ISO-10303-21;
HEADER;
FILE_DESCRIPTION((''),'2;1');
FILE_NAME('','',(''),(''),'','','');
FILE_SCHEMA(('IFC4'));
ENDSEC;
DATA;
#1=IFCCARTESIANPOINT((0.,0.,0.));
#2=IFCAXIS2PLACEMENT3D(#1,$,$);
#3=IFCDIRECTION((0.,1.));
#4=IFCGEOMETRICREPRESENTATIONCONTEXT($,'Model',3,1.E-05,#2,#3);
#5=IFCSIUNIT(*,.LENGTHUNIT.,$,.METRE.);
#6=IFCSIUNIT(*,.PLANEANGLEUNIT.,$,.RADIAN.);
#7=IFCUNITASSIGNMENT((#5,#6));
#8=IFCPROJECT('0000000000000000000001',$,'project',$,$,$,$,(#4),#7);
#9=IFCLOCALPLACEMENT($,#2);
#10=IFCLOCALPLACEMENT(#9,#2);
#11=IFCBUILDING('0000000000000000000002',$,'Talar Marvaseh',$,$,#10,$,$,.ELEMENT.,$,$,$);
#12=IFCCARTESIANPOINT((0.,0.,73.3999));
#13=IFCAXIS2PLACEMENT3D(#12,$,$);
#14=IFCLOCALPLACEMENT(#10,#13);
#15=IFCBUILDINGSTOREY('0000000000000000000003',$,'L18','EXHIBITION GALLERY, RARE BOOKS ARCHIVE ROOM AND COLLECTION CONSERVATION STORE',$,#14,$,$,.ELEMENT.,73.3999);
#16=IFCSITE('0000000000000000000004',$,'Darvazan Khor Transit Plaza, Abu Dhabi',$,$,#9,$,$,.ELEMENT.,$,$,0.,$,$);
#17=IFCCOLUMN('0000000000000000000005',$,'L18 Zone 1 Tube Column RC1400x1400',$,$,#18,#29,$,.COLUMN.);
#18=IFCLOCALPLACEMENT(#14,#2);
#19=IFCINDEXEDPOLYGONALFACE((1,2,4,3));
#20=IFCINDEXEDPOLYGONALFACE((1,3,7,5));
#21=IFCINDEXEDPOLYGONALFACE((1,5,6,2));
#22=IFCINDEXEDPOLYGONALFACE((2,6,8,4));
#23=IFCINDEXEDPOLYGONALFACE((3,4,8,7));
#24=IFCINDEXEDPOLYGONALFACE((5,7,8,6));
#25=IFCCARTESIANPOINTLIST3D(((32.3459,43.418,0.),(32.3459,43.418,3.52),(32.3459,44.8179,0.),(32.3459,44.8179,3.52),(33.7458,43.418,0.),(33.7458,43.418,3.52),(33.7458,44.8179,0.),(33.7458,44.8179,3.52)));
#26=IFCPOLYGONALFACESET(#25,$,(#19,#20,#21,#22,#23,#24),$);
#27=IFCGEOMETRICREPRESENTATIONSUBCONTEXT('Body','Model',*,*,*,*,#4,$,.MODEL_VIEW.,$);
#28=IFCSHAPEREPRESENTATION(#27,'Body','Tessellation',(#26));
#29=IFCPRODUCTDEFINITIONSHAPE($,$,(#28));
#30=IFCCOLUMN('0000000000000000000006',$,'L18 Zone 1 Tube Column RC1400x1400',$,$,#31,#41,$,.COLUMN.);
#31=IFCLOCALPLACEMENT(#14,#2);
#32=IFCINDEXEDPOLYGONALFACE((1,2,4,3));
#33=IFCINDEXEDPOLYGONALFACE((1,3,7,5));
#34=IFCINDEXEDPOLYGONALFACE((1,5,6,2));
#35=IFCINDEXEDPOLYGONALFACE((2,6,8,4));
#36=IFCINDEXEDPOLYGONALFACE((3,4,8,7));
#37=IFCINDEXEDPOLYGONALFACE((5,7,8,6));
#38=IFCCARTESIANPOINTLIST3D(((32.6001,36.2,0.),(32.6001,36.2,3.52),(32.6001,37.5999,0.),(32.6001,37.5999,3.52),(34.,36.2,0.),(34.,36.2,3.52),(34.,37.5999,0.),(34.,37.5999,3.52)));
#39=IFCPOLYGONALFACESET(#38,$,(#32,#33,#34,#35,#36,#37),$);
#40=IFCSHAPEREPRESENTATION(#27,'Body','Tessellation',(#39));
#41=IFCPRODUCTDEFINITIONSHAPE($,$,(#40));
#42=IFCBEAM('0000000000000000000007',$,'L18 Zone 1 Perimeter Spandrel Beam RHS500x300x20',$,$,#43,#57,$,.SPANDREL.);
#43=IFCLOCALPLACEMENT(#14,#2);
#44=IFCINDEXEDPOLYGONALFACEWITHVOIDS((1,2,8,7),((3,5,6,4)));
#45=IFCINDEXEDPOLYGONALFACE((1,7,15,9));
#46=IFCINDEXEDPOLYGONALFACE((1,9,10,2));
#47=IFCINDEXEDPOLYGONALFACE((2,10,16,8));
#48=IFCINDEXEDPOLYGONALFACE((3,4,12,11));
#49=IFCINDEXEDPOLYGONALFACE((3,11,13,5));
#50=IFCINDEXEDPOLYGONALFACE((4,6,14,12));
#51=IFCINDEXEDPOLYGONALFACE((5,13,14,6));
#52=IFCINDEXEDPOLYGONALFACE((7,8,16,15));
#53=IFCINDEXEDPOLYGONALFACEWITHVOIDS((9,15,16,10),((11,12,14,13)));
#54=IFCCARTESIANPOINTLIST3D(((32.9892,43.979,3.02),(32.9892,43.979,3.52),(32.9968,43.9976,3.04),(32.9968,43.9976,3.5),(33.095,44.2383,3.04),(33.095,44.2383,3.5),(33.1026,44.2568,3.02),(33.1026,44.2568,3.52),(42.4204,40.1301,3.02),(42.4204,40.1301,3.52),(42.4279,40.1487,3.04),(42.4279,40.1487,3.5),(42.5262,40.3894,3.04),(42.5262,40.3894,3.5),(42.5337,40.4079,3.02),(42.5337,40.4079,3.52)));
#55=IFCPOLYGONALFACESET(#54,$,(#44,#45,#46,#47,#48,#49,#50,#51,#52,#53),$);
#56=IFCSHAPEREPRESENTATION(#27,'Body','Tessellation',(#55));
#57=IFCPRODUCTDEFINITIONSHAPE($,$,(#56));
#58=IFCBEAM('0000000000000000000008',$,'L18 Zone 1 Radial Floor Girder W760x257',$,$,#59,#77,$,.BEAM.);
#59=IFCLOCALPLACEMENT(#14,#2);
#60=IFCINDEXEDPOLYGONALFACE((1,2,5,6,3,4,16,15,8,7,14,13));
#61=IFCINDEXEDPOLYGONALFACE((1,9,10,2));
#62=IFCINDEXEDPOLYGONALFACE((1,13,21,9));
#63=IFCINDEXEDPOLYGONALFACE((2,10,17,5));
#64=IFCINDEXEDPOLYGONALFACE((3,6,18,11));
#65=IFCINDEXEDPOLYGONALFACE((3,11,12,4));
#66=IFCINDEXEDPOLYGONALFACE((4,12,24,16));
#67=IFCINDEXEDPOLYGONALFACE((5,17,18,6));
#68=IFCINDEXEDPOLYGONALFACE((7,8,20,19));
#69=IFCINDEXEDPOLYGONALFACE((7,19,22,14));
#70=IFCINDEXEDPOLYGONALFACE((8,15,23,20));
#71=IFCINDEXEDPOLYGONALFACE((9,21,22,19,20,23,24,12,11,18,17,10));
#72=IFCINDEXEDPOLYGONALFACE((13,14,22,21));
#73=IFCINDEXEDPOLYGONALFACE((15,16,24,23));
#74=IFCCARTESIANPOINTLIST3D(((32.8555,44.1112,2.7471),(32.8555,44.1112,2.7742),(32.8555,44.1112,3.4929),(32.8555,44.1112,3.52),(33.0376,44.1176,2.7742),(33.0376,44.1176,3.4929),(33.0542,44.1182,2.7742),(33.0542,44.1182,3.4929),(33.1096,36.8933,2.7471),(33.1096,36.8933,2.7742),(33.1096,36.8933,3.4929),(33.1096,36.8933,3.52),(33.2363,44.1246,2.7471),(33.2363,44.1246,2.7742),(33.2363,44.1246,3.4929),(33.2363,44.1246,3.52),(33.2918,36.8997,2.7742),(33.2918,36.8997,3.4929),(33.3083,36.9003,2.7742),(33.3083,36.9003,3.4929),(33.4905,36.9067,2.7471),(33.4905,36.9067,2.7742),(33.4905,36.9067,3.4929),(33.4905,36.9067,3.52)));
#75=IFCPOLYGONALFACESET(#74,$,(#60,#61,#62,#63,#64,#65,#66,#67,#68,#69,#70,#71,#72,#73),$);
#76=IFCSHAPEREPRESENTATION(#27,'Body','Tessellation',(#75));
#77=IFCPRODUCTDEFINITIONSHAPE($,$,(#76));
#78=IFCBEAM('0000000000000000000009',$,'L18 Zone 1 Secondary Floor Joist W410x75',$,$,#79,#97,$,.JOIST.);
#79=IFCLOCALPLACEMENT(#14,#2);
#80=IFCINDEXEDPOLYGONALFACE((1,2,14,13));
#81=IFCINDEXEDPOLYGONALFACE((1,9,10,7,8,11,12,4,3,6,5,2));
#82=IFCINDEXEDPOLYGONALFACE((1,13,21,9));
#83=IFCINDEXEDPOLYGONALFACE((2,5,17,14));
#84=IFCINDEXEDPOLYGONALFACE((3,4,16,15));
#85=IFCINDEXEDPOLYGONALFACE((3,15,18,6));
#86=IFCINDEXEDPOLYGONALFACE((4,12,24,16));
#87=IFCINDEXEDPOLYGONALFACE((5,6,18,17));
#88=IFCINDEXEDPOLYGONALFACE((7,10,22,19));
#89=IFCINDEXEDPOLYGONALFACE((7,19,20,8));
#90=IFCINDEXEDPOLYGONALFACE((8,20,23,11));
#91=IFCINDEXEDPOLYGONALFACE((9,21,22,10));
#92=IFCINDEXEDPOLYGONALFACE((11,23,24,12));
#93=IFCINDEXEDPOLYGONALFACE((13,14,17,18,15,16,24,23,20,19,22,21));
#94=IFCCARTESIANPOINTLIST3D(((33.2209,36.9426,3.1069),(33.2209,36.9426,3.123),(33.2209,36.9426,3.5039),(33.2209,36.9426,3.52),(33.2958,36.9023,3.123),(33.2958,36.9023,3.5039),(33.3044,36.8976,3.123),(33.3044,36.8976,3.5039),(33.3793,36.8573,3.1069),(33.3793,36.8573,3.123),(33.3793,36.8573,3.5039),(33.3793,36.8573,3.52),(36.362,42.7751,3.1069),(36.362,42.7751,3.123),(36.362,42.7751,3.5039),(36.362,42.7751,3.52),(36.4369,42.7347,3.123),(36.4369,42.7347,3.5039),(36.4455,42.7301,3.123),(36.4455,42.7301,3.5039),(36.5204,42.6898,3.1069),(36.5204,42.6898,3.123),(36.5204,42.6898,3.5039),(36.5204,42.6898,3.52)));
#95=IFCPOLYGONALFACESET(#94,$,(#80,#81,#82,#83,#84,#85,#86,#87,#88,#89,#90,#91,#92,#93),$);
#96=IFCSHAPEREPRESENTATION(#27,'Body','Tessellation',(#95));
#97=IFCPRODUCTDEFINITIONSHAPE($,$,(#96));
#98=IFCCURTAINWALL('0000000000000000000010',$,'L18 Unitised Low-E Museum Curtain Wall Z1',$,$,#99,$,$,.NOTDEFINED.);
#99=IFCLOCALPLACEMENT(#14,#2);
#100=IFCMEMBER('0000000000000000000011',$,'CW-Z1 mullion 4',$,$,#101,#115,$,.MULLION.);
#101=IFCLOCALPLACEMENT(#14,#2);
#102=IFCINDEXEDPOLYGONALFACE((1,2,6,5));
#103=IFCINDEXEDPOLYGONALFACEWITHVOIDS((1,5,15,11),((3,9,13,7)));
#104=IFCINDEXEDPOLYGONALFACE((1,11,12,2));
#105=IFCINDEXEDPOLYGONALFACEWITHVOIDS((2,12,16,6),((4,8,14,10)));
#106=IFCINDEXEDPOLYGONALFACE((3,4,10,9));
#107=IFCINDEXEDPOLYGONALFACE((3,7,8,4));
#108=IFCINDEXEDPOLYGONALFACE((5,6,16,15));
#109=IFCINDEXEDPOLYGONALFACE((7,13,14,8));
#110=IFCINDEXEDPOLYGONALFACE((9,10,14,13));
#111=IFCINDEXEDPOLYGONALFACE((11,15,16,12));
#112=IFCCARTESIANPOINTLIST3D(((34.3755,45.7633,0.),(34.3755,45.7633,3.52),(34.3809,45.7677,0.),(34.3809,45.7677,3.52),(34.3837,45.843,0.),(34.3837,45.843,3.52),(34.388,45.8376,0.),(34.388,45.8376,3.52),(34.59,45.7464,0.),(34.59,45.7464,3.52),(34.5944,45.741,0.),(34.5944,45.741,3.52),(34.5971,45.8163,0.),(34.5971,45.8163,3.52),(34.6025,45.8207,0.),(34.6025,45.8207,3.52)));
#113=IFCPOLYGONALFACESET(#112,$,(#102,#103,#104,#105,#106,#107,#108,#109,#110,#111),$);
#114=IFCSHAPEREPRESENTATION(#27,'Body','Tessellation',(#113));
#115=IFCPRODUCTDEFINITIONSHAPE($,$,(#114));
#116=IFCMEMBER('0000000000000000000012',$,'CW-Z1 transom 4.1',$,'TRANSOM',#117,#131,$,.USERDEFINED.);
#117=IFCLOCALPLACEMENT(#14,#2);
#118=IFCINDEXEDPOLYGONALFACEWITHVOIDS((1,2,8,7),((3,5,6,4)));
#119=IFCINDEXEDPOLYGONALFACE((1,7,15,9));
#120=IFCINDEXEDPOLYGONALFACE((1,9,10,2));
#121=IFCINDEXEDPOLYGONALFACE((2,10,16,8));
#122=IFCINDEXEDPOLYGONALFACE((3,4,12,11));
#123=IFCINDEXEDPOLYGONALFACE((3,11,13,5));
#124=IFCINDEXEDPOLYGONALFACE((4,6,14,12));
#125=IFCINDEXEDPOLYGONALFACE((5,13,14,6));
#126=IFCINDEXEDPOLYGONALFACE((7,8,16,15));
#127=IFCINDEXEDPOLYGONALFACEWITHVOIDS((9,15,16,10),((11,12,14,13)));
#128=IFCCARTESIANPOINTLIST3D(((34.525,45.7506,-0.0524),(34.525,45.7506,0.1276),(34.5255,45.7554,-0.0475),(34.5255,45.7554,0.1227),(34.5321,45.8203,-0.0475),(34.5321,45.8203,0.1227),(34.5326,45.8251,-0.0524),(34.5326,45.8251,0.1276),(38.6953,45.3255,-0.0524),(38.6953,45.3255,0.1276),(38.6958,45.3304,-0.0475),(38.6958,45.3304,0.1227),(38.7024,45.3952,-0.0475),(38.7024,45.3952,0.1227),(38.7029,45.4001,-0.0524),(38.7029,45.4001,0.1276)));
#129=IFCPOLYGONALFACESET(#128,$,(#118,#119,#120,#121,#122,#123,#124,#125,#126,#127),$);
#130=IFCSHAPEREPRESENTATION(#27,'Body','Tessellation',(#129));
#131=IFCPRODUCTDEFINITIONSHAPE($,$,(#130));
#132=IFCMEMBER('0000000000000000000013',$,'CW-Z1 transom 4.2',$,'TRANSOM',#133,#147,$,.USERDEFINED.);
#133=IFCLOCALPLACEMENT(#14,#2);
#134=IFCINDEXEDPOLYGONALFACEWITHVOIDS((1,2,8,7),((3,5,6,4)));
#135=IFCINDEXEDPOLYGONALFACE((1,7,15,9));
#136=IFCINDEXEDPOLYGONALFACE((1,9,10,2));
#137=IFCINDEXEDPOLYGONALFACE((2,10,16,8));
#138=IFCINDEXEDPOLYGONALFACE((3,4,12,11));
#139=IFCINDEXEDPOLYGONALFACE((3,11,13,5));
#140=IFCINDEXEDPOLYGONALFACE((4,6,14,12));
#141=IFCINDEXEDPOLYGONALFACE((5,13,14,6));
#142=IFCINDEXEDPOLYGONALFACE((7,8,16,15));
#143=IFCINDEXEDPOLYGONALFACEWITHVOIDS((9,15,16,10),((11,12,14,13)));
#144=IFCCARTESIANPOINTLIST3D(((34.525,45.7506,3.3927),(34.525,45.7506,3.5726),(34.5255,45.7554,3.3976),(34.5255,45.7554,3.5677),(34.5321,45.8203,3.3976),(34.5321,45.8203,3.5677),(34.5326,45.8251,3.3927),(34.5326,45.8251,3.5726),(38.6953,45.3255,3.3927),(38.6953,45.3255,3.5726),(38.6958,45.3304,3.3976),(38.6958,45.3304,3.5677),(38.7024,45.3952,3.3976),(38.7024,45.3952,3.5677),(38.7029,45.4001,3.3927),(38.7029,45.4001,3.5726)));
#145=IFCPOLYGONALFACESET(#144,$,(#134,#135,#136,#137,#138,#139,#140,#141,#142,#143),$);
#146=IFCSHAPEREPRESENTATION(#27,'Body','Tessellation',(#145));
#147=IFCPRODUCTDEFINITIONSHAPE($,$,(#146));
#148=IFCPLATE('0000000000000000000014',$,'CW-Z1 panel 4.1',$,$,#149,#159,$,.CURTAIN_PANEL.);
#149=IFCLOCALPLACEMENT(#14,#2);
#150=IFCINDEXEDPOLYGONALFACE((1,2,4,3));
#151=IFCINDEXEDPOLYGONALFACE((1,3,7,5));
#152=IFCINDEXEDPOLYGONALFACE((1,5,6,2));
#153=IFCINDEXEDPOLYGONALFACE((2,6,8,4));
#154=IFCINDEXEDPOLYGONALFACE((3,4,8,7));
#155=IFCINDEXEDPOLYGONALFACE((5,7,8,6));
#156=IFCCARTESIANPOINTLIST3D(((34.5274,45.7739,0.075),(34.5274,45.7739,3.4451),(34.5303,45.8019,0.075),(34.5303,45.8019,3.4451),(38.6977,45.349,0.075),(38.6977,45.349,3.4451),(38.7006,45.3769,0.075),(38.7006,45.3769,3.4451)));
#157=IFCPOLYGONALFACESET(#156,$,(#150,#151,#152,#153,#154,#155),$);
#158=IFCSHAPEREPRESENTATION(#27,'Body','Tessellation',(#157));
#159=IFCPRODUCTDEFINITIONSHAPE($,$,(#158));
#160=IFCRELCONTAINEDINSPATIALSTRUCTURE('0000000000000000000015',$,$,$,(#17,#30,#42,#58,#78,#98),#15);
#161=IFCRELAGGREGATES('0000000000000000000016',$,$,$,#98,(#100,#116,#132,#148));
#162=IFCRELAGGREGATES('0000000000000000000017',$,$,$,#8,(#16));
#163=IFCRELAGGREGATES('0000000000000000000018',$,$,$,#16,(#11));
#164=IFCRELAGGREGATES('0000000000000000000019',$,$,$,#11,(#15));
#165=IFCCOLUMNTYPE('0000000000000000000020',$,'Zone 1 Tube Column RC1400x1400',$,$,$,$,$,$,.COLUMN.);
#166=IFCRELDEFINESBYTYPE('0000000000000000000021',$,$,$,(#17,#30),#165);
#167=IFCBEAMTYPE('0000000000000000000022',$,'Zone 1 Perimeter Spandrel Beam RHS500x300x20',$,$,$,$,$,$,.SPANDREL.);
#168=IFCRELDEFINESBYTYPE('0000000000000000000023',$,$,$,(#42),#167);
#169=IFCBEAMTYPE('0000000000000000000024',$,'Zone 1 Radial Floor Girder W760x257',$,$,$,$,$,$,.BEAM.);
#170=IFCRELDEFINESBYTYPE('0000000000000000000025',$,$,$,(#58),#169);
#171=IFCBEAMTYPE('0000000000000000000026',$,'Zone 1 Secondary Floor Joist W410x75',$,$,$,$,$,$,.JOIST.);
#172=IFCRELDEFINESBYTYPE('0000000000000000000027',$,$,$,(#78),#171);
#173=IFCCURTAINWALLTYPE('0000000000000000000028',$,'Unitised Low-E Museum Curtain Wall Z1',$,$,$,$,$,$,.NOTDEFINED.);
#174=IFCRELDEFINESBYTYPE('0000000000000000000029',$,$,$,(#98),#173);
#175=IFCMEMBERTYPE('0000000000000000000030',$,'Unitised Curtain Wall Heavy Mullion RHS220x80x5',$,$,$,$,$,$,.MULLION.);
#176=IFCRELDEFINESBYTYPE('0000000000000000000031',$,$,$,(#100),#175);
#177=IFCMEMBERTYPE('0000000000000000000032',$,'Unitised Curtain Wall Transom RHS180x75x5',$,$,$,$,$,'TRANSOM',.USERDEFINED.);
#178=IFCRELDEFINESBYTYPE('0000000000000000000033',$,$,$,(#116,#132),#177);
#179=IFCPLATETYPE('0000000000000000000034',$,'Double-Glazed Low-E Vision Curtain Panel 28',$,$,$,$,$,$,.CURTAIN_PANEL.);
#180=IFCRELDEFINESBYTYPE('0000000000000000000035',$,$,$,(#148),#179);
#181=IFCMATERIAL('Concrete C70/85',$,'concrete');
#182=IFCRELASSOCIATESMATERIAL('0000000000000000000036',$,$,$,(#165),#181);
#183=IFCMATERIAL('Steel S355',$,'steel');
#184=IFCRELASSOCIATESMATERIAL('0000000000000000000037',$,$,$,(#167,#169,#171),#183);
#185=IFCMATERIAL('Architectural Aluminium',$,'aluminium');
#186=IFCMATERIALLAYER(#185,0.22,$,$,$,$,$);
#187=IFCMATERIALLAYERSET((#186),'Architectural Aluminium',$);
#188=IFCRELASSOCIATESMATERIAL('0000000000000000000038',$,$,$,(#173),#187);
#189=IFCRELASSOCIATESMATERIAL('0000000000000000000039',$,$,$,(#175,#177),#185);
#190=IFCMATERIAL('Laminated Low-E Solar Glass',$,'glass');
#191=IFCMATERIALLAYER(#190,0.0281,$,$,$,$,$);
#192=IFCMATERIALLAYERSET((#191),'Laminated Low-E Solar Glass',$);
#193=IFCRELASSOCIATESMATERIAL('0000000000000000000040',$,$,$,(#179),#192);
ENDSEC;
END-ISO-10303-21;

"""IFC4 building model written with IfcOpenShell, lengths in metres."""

from ifc_helpers import new_model, si_unit, direction, frame, origin, origin_2d, place, context, subcontext, project, spatial, rectangle, hollow_rectangle, i_section, extrude, source, transform, mapped, material, layer, layer_set, material_profile, profile_set, type_object, type_shapes, element, aggregate, save


model = new_model("IFC4")

# Units and contexts
model_context = context("Model", 3, precision=1e-05, world=origin(), true_north=direction((0.0, 1.0)))
body_context = subcontext(model_context, "Body", "Model", "MODEL_VIEW")
ifc_project = project(units=[si_unit("LENGTHUNIT", "METRE"), si_unit("PLANEANGLEUNIT", "RADIAN")], contexts=[model_context])

# Site, building, storey
site_placement = place(None, origin())
site = spatial("IfcSite", under=ifc_project, at=site_placement, Name="Darvazan Khor Transit Plaza, Abu Dhabi", CompositionType="ELEMENT", RefElevation=0.0)
building_placement = place(site_placement, origin())
building = spatial("IfcBuilding", under=site, at=building_placement, Name="Talar Marvaseh", CompositionType="ELEMENT")
storey_placement = place(building_placement, frame((0.0, 0.0, 73.3999)))
storey = spatial("IfcBuildingStorey", under=building, at=storey_placement, Name="L18", Description="EXHIBITION GALLERY, RARE BOOKS ARCHIVE ROOM AND COLLECTION CONSERVATION STORE", CompositionType="ELEMENT", Elevation=73.3999)

# Columns
ifc_material_1 = material(Name="Concrete C70/85", Category="concrete")
ifc_material_profile_1 = material_profile(ifc_material_1, rectangle(XDim=1.3999, YDim=1.3999, at=origin_2d()), Name="RC1400x1400")
ifc_profile_set_1 = profile_set([ifc_material_profile_1], Name="Concrete C70/85")
column_type = type_object("IfcColumnType", Name="Zone 1 Tube Column RC1400x1400", PredefinedType="COLUMN", material=ifc_profile_set_1)
for number, where, z_axis, x_axis, name in (
    (1, (33.0459, 44.1179, 0.0), (0.0, 0.0, 1.0), (1.0, 0.0, 0.0), "L18 Zone 1 Tube Column RC1400x1400"),
    (2, (33.3, 36.8999, 0.0), (0.0, 0.0, 1.0), (1.0, 0.0, 0.0), "L18 Zone 1 Tube Column RC1400x1400"),
):
    element("IfcColumn", number, at=place(storey_placement, frame(where, z_axis=z_axis, x_axis=x_axis)), inside=storey, type_object=column_type, Name=name, PredefinedType="COLUMN", context=body_context, shape_type="SweptSolid", body=[
        extrude(rectangle(XDim=1.3999, YDim=1.3999, at=origin_2d()), origin(), (0.0, 0.0, 1.0), 3.52),
    ])

# Beams
ifc_material_2 = material(Name="Steel S355", Category="steel")
ifc_material_profile_2 = material_profile(ifc_material_2, hollow_rectangle(XDim=0.3, YDim=0.5, WallThickness=0.02, at=origin_2d()), Name="RHS500x300x20")
ifc_profile_set_2 = profile_set([ifc_material_profile_2], Name="Steel S355")
beam_type_1 = type_object("IfcBeamType", Name="Zone 1 Perimeter Spandrel Beam RHS500x300x20", PredefinedType="SPANDREL", material=ifc_profile_set_2)
beam_1_placement = place(storey_placement, frame((33.0459, 44.1179, 3.27), z_axis=(0.925867, -0.377849, 0.0), x_axis=(0.377849, 0.925867, 0.0)))
element("IfcBeam", 3, at=beam_1_placement, inside=storey, type_object=beam_type_1, Name="L18 Zone 1 Perimeter Spandrel Beam RHS500x300x20", PredefinedType="SPANDREL", context=body_context, shape_type="SweptSolid", body=[
    extrude(hollow_rectangle(XDim=0.3, YDim=0.5, WallThickness=0.02, at=origin_2d()), origin(), (0.0, 0.0, 1.0), 10.1863),
])
ifc_material_profile_3 = material_profile(ifc_material_2, i_section(OverallWidth=0.3811, OverallDepth=0.7729, WebThickness=0.0166, FlangeThickness=0.0271, at=origin_2d()), Name="W760x257")
ifc_profile_set_3 = profile_set([ifc_material_profile_3], Name="Steel S355")
beam_type_2 = type_object("IfcBeamType", Name="Zone 1 Radial Floor Girder W760x257", PredefinedType="BEAM", material=ifc_profile_set_3)
beam_2_placement = place(storey_placement, frame((33.0459, 44.1179, 3.1335), z_axis=(0.035189, -0.999381, 0.0), x_axis=(0.999381, 0.035189, 0.0)))
element("IfcBeam", 4, at=beam_2_placement, inside=storey, type_object=beam_type_2, Name="L18 Zone 1 Radial Floor Girder W760x257", PredefinedType="BEAM", context=body_context, shape_type="SweptSolid", body=[
    extrude(i_section(OverallWidth=0.3811, OverallDepth=0.7729, WebThickness=0.0166, FlangeThickness=0.0271, at=origin_2d()), origin(), (0.0, 0.0, 1.0), 7.2224),
])
ifc_material_profile_4 = material_profile(ifc_material_2, i_section(OverallWidth=0.1799, OverallDepth=0.4131, WebThickness=0.0098, FlangeThickness=0.0161, at=origin_2d()), Name="W410x75")
ifc_profile_set_4 = profile_set([ifc_material_profile_4], Name="Steel S355")
beam_type_3 = type_object("IfcBeamType", Name="Zone 1 Secondary Floor Joist W410x75", PredefinedType="JOIST", material=ifc_profile_set_4)
beam_3_placement = place(storey_placement, frame((36.4412, 42.7324, 3.3135), z_axis=(-0.474161, -0.880438, 0.0), x_axis=(0.880438, -0.474161, 0.0)))
element("IfcBeam", 5, at=beam_3_placement, inside=storey, type_object=beam_type_3, Name="L18 Zone 1 Secondary Floor Joist W410x75", PredefinedType="JOIST", context=body_context, shape_type="SweptSolid", body=[
    extrude(i_section(OverallWidth=0.1799, OverallDepth=0.4131, WebThickness=0.0098, FlangeThickness=0.0161, at=origin_2d()), origin(), (0.0, 0.0, 1.0), 6.6245),
])

# Curtain wall, members, plate
ifc_material_3 = material(Name="Architectural Aluminium", Category="aluminium")
ifc_layer_1 = layer(ifc_material_3, 0.22)
ifc_layer_set_1 = layer_set([ifc_layer_1], Name="Architectural Aluminium")
curtain_wall_type = type_object("IfcCurtainWallType", Name="Unitised Low-E Museum Curtain Wall Z1", PredefinedType="NOTDEFINED", material=ifc_layer_set_1)
curtain_wall_placement = place(storey_placement, origin())
curtain_wall = element("IfcCurtainWall", 6, at=curtain_wall_placement, inside=storey, type_object=curtain_wall_type, Name="L18 Unitised Low-E Museum Curtain Wall Z1", PredefinedType="NOTDEFINED")
ifc_material_profile_5 = material_profile(ifc_material_3, hollow_rectangle(XDim=0.0801, YDim=0.22, WallThickness=0.0049, at=origin_2d()), Name="RHS220x80x5")
ifc_profile_set_5 = profile_set([ifc_material_profile_5], Name="Architectural Aluminium")
member_type_1 = type_object("IfcMemberType", Name="Unitised Curtain Wall Heavy Mullion RHS220x80x5", PredefinedType="MULLION", material=ifc_profile_set_5)
shared_shape_1 = source(origin(), body_context, "Body", "SweptSolid", [
    extrude(hollow_rectangle(XDim=0.0801, YDim=0.22, WallThickness=0.0049, at=origin_2d()), origin(), (0.0, 0.0, 1.0), 3.52),
])
type_shapes(member_type_1, [shared_shape_1])
member_1_placement = place(storey_placement, frame((34.489, 45.792, 0.0), z_axis=(0.0, 0.0, 1.0), x_axis=(0.101365, 0.994849, 0.0)))
member_1 = element("IfcMember", 7, at=member_1_placement, type_object=member_type_1, Name="CW-Z1 mullion 4", PredefinedType="MULLION", context=body_context, shape_type="MappedRepresentation", body=[
    mapped(shared_shape_1, transform((0.0, 0.0, 0.0), x_axis=(1.0, 0.0, 0.0), y_axis=(0.0, 1.0, 0.0), z_axis=(0.0, 0.0, 1.0), scale=1.0)),
])
ifc_material_profile_6 = material_profile(ifc_material_3, hollow_rectangle(XDim=0.075, YDim=0.1799, WallThickness=0.0049, at=origin_2d()), Name="RHS180x75x5")
ifc_profile_set_6 = profile_set([ifc_material_profile_6], Name="Architectural Aluminium")
member_type_2 = type_object("IfcMemberType", Name="Unitised Curtain Wall Transom RHS180x75x5", ElementType="TRANSOM", PredefinedType="USERDEFINED", material=ifc_profile_set_6)
shared_shape_2 = source(origin(), body_context, "Body", "SweptSolid", [
    extrude(hollow_rectangle(XDim=0.075, YDim=0.1799, WallThickness=0.0049, at=origin_2d()), origin(), (0.0, 0.0, 1.0), 4.1919),
])
type_shapes(member_type_2, [shared_shape_2])
member_2_placement = place(storey_placement, frame((34.5288, 45.7878, 0.0376), z_axis=(0.994846, -0.101395, 0.0), x_axis=(0.101395, 0.994846, 0.0)))
member_2 = element("IfcMember", 8, at=member_2_placement, type_object=member_type_2, Name="CW-Z1 transom 4.1", ObjectType="TRANSOM", PredefinedType="USERDEFINED", context=body_context, shape_type="MappedRepresentation", body=[
    mapped(shared_shape_2, transform((0.0, 0.0, 0.0), x_axis=(1.0, 0.0, 0.0), y_axis=(0.0, 1.0, 0.0), z_axis=(0.0, 0.0, 1.0), scale=1.0)),
])
member_3_placement = place(storey_placement, frame((34.5288, 45.7878, 3.4827), z_axis=(0.994846, -0.101395, 0.0), x_axis=(0.101395, 0.994846, 0.0)))
member_3 = element("IfcMember", 9, at=member_3_placement, type_object=member_type_2, Name="CW-Z1 transom 4.2", ObjectType="TRANSOM", PredefinedType="USERDEFINED", context=body_context, shape_type="MappedRepresentation", body=[
    mapped(shared_shape_2, transform((0.0, 0.0, 0.0), x_axis=(1.0, 0.0, 0.0), y_axis=(0.0, 1.0, 0.0), z_axis=(0.0, 0.0, 1.0), scale=1.0)),
])
ifc_material_4 = material(Name="Laminated Low-E Solar Glass", Category="glass")
ifc_layer_2 = layer(ifc_material_4, 0.0281)
ifc_layer_set_2 = layer_set([ifc_layer_2], Name="Laminated Low-E Solar Glass")
plate_type = type_object("IfcPlateType", Name="Double-Glazed Low-E Vision Curtain Panel 28", PredefinedType="CURTAIN_PANEL", material=ifc_layer_set_2)
shared_shape_3 = source(origin(), body_context, "Body", "SweptSolid", [
    extrude(rectangle(XDim=4.1919, YDim=0.0281, at=origin_2d()), origin(), (0.0, 0.0, 1.0), 3.3701),
])
type_shapes(plate_type, [shared_shape_3])
plate_placement = place(storey_placement, frame((36.614, 45.5754, 0.075), z_axis=(0.0, 0.0, 1.0), x_axis=(0.994849, -0.101365, 0.0)))
plate = element("IfcPlate", 10, at=plate_placement, type_object=plate_type, Name="CW-Z1 panel 4.1", PredefinedType="CURTAIN_PANEL", context=body_context, shape_type="MappedRepresentation", body=[
    mapped(shared_shape_3, transform((0.0, 0.0, 0.0), x_axis=(1.0, 0.0, 0.0), y_axis=(0.0, 1.0, 0.0), z_axis=(0.0, 0.0, 1.0), scale=1.0)),
])
aggregate(curtain_wall, [member_1, member_2, member_3, plate])

save(model, "model.ifc")
